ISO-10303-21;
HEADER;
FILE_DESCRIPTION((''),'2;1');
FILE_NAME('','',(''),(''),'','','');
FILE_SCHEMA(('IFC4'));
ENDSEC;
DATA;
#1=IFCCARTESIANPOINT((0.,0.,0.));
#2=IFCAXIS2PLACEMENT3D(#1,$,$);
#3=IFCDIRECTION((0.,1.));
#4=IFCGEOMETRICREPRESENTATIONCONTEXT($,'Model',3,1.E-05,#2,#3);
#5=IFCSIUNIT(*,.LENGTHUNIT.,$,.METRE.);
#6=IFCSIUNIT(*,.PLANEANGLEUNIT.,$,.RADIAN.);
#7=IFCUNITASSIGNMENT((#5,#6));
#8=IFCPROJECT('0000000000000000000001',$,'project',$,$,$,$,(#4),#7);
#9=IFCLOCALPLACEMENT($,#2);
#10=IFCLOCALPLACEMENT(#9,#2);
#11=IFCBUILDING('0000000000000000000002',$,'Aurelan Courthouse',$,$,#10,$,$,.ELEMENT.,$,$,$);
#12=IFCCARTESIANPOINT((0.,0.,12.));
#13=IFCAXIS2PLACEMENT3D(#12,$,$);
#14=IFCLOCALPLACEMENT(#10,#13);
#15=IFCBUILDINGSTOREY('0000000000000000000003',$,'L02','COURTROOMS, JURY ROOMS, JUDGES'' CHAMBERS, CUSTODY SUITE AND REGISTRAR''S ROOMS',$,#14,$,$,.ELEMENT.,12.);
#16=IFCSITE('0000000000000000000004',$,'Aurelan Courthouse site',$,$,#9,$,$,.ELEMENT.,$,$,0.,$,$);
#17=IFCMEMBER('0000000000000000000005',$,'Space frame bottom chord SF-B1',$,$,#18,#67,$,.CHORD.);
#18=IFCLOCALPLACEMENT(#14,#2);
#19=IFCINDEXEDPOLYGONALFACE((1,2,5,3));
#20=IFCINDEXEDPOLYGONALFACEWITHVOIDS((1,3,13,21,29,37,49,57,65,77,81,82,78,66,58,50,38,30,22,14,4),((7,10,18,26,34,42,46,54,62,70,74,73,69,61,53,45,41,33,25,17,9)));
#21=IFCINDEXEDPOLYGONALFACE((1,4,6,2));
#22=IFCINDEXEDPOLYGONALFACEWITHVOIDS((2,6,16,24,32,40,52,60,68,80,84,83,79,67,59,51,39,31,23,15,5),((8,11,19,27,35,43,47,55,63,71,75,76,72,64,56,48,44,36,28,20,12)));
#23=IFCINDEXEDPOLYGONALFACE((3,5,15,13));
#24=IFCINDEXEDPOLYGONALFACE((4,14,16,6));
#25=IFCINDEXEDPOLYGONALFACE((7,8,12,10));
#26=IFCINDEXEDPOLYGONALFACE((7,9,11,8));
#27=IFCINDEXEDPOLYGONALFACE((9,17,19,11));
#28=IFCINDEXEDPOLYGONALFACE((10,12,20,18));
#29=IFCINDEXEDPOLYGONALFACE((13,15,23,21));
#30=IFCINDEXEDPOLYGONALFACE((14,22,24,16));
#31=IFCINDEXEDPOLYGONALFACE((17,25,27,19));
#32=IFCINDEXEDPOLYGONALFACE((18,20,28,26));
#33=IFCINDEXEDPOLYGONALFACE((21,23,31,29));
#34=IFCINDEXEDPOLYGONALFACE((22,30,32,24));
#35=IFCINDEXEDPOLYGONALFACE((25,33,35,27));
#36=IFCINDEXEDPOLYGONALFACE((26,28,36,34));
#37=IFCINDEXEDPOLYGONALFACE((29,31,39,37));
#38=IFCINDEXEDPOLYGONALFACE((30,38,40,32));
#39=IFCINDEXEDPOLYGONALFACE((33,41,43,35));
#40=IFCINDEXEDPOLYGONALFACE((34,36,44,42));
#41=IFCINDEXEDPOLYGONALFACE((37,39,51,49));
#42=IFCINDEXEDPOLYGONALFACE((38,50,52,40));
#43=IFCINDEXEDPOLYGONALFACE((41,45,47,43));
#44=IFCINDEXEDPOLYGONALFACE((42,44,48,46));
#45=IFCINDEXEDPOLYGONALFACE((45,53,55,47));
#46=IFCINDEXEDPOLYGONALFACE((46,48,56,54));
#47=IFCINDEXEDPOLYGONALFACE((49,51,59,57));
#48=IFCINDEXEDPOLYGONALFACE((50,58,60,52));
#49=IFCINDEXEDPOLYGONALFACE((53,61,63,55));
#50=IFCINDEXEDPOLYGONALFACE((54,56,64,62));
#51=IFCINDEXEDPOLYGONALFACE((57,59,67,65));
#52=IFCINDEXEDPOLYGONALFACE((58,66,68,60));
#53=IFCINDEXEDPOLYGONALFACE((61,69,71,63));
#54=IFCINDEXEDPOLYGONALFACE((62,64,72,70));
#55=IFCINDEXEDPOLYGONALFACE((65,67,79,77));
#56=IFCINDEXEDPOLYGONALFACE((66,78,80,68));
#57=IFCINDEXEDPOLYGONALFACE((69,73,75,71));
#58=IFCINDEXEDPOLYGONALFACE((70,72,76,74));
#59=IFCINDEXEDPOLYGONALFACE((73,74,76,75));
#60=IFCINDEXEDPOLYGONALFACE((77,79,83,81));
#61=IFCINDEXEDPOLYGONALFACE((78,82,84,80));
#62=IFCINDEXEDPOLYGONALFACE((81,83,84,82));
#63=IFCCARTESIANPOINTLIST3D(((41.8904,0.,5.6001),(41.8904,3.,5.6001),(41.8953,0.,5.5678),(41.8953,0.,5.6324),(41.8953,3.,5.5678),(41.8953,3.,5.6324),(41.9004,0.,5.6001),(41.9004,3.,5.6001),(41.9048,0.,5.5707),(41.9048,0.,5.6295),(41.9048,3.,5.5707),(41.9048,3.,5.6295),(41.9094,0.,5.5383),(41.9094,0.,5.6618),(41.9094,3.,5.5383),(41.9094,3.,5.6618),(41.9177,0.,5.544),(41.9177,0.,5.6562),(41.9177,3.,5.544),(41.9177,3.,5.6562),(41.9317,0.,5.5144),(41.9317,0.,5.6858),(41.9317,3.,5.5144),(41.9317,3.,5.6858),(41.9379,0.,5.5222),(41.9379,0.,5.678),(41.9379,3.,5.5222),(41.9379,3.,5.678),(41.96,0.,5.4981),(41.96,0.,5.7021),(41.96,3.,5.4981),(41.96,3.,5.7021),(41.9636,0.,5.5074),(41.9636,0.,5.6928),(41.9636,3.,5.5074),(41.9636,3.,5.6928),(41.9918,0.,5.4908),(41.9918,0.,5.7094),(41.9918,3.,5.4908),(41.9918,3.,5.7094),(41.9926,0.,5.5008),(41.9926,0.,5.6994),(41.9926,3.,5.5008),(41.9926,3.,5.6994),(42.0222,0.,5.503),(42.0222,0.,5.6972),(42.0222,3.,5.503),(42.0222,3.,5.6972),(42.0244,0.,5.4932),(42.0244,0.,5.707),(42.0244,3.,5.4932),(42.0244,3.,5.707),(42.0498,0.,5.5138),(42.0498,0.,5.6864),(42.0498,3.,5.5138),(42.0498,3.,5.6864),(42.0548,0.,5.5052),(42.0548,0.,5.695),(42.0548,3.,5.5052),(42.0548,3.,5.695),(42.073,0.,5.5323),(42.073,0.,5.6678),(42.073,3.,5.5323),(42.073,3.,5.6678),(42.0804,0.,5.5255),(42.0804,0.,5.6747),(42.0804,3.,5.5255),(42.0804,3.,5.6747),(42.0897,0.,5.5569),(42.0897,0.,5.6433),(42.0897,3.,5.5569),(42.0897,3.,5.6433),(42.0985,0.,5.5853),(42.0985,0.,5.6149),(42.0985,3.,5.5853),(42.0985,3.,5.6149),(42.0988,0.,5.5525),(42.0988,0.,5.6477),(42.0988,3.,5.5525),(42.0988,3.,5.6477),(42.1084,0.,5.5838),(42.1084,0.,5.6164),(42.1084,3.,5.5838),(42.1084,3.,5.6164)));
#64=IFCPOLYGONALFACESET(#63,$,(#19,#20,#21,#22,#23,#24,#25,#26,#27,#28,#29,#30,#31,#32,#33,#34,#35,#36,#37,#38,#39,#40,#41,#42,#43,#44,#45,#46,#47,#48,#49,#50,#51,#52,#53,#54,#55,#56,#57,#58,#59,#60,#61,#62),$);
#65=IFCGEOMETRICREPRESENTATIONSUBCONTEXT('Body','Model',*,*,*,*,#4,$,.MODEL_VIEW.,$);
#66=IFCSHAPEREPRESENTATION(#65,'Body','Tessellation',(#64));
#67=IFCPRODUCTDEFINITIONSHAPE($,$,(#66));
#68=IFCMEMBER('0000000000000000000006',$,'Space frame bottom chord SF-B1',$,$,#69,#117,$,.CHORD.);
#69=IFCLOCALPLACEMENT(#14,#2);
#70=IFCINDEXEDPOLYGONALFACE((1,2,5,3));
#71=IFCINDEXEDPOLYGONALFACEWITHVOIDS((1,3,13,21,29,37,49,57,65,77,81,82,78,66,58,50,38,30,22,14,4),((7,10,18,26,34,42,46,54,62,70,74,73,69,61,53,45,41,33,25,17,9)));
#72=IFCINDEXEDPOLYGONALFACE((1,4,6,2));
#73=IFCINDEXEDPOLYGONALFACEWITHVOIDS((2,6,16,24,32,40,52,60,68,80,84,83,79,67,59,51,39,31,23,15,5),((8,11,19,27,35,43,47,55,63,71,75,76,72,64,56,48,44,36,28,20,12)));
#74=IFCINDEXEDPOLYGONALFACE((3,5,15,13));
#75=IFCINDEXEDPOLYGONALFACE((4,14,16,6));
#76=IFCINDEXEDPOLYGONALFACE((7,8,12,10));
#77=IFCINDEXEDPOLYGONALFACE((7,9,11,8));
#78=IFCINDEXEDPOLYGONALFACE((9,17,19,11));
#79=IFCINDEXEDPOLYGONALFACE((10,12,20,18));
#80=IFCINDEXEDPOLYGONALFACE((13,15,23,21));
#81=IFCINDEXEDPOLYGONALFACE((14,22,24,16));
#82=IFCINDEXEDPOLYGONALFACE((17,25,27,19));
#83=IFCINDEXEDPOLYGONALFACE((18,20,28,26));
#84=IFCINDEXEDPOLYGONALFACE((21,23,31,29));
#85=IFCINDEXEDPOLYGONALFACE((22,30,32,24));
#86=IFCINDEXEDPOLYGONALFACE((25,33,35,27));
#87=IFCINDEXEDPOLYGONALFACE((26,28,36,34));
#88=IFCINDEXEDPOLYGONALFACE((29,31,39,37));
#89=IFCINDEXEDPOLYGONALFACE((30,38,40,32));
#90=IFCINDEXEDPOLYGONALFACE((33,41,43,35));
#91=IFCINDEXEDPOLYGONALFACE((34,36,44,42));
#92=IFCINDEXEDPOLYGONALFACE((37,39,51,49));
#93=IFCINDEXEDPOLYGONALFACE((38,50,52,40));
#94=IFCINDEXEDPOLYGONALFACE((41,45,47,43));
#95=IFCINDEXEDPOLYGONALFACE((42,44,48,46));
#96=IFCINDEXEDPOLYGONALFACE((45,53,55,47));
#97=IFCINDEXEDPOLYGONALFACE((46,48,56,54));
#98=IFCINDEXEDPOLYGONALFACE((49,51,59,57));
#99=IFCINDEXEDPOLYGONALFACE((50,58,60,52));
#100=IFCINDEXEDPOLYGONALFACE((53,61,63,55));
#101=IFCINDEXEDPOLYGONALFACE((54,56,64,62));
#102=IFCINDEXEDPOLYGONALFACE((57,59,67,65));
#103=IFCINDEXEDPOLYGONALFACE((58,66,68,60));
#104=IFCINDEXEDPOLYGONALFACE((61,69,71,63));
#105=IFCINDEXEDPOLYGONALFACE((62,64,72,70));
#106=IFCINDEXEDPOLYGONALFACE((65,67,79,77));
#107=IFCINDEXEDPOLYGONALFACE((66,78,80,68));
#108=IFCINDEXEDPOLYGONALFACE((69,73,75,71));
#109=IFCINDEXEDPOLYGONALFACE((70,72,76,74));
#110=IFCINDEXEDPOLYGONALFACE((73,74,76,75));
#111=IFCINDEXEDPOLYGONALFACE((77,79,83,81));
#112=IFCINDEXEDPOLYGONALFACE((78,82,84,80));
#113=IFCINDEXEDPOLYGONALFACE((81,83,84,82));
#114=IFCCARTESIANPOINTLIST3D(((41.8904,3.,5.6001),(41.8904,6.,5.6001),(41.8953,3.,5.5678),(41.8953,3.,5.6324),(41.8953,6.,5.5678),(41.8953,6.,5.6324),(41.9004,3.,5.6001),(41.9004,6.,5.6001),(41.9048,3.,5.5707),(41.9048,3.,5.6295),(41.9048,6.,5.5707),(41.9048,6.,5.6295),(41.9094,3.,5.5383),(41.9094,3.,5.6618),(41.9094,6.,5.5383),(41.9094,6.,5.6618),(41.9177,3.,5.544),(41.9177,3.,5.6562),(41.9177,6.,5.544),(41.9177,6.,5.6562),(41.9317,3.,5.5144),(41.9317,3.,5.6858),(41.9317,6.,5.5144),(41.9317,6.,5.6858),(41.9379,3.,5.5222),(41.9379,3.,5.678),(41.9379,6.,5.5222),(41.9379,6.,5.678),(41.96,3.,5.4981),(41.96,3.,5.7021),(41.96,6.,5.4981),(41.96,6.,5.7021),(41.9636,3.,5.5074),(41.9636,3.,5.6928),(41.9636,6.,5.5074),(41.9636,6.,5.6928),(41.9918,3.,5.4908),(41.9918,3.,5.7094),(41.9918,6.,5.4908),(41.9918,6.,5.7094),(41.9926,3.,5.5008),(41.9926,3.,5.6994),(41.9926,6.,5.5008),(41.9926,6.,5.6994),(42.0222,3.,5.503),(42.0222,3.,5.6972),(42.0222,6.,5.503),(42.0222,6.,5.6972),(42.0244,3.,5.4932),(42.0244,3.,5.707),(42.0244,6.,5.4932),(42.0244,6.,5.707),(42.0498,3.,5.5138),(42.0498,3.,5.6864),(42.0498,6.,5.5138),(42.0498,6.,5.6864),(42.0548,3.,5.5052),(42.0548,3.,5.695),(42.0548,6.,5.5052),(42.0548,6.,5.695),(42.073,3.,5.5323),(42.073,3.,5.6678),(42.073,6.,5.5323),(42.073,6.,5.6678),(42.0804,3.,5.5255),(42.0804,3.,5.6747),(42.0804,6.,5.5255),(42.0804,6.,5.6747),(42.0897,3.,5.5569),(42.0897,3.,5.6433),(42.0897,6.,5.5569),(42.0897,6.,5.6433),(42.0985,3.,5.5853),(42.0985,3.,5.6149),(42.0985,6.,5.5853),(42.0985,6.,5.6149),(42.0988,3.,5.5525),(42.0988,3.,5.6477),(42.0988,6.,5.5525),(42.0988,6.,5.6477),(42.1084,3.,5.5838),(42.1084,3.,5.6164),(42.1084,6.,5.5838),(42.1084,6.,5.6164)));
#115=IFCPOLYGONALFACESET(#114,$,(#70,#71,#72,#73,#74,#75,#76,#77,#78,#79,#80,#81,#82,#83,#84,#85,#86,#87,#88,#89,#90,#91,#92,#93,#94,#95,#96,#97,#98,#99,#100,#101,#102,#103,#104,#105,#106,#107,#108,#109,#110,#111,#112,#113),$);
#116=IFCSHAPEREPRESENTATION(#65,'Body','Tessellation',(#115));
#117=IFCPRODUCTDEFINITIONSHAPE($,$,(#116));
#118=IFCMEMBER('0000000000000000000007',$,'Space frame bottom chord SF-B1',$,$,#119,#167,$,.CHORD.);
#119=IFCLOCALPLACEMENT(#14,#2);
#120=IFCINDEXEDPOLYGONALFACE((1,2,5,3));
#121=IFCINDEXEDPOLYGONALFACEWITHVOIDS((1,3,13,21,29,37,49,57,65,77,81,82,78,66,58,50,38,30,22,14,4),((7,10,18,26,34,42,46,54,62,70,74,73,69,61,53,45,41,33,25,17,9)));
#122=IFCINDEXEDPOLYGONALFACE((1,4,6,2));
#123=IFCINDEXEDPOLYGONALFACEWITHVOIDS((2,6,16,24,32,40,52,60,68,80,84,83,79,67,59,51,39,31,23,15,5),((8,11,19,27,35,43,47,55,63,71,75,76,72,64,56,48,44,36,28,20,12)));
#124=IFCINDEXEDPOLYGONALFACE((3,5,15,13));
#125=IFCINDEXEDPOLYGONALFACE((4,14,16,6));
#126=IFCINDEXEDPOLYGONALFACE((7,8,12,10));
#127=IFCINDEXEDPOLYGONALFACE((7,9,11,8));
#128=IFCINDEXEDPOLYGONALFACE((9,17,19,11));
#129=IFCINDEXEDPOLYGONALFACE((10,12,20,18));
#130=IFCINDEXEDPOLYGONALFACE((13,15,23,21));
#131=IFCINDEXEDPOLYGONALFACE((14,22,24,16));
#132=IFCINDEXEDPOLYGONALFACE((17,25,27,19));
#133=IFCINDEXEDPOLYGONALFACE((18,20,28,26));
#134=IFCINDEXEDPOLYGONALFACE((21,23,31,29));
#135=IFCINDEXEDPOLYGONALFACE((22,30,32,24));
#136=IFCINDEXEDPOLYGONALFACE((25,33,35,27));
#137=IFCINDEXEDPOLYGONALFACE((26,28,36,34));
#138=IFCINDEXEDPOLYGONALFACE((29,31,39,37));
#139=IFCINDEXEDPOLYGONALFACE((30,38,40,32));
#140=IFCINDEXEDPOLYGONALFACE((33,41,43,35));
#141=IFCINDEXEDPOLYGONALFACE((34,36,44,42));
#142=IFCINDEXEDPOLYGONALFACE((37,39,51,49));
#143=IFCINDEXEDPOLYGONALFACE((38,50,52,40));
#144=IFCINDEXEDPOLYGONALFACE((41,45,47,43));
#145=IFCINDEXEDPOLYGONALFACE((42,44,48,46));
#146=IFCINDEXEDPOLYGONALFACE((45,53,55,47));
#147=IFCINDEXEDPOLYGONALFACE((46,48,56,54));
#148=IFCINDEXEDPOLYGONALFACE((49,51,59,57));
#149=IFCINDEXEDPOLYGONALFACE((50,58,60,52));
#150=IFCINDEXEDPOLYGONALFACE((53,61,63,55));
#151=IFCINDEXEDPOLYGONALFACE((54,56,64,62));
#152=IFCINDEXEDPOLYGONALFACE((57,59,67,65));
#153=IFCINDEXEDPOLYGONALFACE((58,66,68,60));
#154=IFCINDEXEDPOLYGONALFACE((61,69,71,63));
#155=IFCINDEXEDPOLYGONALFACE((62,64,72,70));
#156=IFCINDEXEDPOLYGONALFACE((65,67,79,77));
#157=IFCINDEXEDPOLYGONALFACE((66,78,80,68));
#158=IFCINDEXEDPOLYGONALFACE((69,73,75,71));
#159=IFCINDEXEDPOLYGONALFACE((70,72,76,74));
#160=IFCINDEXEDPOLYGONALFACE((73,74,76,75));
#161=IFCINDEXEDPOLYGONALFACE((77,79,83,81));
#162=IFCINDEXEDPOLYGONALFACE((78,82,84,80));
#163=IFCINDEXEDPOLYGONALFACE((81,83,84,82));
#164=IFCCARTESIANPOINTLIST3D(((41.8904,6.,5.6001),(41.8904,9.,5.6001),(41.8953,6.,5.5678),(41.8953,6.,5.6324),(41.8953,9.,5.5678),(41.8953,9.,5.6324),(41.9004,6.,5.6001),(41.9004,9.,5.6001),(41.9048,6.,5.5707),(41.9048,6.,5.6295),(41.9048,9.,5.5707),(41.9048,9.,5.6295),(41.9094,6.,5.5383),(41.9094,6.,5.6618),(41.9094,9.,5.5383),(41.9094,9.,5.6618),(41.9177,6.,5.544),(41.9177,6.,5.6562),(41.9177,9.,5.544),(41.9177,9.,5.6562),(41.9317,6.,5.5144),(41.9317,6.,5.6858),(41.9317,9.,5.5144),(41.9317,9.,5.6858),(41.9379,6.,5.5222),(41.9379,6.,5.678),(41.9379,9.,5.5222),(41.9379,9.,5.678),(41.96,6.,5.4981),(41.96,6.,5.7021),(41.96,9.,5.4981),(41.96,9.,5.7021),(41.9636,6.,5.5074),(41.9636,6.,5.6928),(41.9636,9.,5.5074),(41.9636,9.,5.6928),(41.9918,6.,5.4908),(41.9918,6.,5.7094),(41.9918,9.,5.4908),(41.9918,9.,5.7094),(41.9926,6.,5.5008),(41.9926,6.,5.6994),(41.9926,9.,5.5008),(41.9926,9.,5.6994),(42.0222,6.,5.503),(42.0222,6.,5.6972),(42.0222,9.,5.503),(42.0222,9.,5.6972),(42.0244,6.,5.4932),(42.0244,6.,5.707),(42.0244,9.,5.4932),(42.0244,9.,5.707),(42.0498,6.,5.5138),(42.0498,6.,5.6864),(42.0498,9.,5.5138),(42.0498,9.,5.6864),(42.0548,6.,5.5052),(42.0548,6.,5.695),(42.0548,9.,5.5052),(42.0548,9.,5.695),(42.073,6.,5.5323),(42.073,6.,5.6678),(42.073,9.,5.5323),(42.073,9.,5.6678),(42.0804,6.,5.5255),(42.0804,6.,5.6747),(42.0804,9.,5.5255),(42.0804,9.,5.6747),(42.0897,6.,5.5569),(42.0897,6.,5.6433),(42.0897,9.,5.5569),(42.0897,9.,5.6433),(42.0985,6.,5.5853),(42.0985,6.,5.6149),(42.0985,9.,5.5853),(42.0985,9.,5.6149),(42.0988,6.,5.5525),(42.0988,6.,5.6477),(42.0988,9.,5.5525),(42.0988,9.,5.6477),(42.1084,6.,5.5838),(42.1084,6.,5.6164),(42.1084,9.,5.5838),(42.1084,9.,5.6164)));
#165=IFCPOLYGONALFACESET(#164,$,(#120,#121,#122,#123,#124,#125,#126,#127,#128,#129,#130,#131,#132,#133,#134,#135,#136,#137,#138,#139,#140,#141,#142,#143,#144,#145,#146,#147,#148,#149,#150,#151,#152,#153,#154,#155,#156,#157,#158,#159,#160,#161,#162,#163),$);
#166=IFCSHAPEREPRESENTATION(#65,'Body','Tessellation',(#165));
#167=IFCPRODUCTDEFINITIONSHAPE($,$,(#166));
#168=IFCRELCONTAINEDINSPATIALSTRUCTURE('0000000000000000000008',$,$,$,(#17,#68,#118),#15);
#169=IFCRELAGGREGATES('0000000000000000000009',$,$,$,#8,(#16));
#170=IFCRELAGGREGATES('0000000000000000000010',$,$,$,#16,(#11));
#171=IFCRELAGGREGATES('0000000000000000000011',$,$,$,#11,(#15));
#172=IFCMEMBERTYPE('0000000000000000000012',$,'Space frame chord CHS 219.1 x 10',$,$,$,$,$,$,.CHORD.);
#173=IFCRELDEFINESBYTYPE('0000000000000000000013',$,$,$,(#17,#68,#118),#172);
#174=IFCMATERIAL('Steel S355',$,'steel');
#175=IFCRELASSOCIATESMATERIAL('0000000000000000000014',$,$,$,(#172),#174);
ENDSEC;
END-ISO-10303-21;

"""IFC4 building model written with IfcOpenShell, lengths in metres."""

from ifc_helpers import new_model, si_unit, direction, frame, origin, origin_2d, place, context, subcontext, project, spatial, hollow_circle, extrude, material, material_profile, profile_set, type_object, element, save


model = new_model("IFC4")

# Units and contexts
model_context = context("Model", 3, precision=1e-05, world=origin(), true_north=direction((0.0, 1.0)))
body_context = subcontext(model_context, "Body", "Model", "MODEL_VIEW")
ifc_project = project(units=[si_unit("LENGTHUNIT", "METRE"), si_unit("PLANEANGLEUNIT", "RADIAN")], contexts=[model_context])

# Site, building, storey
site_placement = place(None, origin())
site = spatial("IfcSite", under=ifc_project, at=site_placement, Name="Aurelan Courthouse site", CompositionType="ELEMENT", RefElevation=0.0)
building_placement = place(site_placement, origin())
building = spatial("IfcBuilding", under=site, at=building_placement, Name="Aurelan Courthouse", CompositionType="ELEMENT")
storey_placement = place(building_placement, frame((0.0, 0.0, 12.0)))
storey = spatial("IfcBuildingStorey", under=building, at=storey_placement, Name="L02", Description="COURTROOMS, JURY ROOMS, JUDGES' CHAMBERS, CUSTODY SUITE AND REGISTRAR'S ROOMS", CompositionType="ELEMENT", Elevation=12.0)

# Members
ifc_material_1 = material(Name="Steel S355", Category="steel")
ifc_material_profile_1 = material_profile(ifc_material_1, hollow_circle(Radius=0.1096, WallThickness=0.01, at=origin_2d()), Name="CHS 219.1 x 10")
ifc_profile_set_1 = profile_set([ifc_material_profile_1], Name="Steel S355")
member_type_1 = type_object("IfcMemberType", Name="Space frame chord CHS 219.1 x 10", PredefinedType="CHORD", material=ifc_profile_set_1)
for number, where, z_axis, x_axis, name in (
    (1, (42.0, 0.0, 5.6001), (0.0, 1.0, 0.0), (-1.0, 0.0, 0.0), "Space frame bottom chord SF-B1"),
    (2, (42.0, 3.0, 5.6001), (0.0, 1.0, 0.0), (-1.0, 0.0, 0.0), "Space frame bottom chord SF-B1"),
    (3, (42.0, 6.0, 5.6001), (0.0, 1.0, 0.0), (-1.0, 0.0, 0.0), "Space frame bottom chord SF-B1"),
):
    element("IfcMember", number, at=place(storey_placement, frame(where, z_axis=z_axis, x_axis=x_axis)), inside=storey, type_object=member_type_1, Name=name, PredefinedType="CHORD", context=body_context, shape_type="SweptSolid", body=[
        extrude(hollow_circle(Radius=0.1096, WallThickness=0.01, at=origin_2d()), origin(), (0.0, 0.0, 1.0), 3.0),
    ])

save(model, "model.ifc")
